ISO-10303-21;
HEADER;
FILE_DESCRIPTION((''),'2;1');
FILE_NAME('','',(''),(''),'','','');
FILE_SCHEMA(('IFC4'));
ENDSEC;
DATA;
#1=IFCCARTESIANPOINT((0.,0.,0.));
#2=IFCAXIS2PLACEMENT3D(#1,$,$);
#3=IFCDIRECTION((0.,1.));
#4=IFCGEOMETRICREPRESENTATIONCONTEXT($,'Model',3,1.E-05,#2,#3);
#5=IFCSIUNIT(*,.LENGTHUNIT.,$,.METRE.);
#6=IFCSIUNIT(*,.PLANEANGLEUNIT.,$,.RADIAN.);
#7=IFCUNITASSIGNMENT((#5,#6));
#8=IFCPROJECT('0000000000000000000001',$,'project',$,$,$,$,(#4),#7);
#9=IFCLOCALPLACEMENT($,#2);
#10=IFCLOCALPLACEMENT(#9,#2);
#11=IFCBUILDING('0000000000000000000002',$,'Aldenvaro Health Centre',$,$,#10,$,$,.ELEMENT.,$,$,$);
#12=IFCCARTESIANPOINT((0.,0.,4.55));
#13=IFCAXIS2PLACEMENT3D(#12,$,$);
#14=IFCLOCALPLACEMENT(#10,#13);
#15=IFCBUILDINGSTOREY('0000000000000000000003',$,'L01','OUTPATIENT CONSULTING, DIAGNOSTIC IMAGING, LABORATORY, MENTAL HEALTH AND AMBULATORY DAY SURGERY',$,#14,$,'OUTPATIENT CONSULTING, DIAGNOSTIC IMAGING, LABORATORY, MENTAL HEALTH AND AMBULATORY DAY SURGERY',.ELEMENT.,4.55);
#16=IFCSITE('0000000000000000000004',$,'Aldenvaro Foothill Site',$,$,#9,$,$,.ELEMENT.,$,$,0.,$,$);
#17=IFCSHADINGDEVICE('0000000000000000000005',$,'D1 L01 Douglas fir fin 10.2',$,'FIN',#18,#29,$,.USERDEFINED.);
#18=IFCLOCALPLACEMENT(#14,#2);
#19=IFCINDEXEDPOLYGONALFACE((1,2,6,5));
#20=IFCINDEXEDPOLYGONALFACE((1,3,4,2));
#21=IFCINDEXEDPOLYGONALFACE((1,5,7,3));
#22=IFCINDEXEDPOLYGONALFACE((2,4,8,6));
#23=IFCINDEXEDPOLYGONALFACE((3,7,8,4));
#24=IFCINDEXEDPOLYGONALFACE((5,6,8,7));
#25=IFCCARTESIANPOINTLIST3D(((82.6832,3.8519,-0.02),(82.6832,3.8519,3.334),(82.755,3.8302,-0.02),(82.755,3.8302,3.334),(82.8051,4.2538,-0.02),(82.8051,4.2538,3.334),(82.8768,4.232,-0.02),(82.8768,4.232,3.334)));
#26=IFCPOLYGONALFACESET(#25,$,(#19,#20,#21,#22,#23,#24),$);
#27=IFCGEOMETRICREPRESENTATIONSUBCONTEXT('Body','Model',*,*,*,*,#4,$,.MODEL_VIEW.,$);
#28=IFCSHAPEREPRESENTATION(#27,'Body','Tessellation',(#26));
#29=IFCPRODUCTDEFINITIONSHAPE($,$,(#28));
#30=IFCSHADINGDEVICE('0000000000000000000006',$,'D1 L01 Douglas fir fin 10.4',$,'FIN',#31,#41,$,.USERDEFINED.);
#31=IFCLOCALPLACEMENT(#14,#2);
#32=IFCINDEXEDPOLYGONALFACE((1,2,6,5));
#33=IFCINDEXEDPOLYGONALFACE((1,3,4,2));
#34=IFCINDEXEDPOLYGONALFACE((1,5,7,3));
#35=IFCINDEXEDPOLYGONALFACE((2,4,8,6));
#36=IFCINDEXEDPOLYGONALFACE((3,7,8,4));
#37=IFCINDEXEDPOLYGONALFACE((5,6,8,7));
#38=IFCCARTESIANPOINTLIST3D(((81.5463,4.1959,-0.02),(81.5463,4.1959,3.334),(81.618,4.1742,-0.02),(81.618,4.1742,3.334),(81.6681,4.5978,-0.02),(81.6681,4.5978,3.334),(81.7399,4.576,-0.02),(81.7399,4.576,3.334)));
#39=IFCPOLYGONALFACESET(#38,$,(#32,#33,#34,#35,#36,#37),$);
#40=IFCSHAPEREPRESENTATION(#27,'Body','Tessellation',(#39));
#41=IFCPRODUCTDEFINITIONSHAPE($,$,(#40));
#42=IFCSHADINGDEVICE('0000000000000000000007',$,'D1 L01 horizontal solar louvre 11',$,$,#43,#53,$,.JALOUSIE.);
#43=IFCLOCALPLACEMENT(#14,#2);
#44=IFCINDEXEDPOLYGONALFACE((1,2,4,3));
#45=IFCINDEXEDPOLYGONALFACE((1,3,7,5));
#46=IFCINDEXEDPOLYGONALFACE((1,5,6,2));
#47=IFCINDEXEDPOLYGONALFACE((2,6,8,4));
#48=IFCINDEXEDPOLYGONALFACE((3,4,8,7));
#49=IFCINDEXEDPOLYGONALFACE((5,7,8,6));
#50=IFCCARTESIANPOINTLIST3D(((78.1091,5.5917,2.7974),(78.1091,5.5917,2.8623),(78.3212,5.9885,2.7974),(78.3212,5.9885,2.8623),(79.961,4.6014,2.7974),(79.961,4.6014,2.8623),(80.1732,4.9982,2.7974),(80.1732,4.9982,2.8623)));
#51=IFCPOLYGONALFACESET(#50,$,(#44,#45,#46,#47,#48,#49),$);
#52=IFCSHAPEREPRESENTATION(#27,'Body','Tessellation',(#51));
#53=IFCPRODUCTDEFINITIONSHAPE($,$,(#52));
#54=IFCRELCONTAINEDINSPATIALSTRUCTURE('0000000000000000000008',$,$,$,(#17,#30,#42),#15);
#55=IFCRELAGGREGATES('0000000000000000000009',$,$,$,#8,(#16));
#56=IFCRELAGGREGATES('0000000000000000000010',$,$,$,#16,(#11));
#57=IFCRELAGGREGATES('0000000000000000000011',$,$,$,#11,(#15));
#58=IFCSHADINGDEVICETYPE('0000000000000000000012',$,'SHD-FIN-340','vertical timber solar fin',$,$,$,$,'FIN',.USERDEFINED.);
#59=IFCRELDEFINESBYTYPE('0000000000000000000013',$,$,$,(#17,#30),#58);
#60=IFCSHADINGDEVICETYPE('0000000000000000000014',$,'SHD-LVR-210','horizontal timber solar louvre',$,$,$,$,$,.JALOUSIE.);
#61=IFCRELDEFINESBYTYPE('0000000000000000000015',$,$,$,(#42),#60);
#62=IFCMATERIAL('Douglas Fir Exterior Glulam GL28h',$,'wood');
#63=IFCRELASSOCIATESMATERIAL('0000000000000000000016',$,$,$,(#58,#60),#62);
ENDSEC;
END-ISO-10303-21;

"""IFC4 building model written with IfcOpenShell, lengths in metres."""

from ifc_helpers import new_model, si_unit, direction, frame, origin, origin_2d, place, context, subcontext, project, spatial, rectangle, extrude, material, type_object, element, save


model = new_model("IFC4")

# Units and contexts
model_context = context("Model", 3, precision=1e-05, world=origin(), true_north=direction((0.0, 1.0)))
body_context = subcontext(model_context, "Body", "Model", "MODEL_VIEW")
ifc_project = project(units=[si_unit("LENGTHUNIT", "METRE"), si_unit("PLANEANGLEUNIT", "RADIAN")], contexts=[model_context])

# Site, building, storey
site_placement = place(None, origin())
site = spatial("IfcSite", under=ifc_project, at=site_placement, Name="Aldenvaro Foothill Site", CompositionType="ELEMENT", RefElevation=0.0)
building_placement = place(site_placement, origin())
building = spatial("IfcBuilding", under=site, at=building_placement, Name="Aldenvaro Health Centre", CompositionType="ELEMENT")
storey_placement = place(building_placement, frame((0.0, 0.0, 4.55)))
storey = spatial("IfcBuildingStorey", under=building, at=storey_placement, Name="L01", Description="OUTPATIENT CONSULTING, DIAGNOSTIC IMAGING, LABORATORY, MENTAL HEALTH AND AMBULATORY DAY SURGERY", LongName="OUTPATIENT CONSULTING, DIAGNOSTIC IMAGING, LABORATORY, MENTAL HEALTH AND AMBULATORY DAY SURGERY", CompositionType="ELEMENT", Elevation=4.55)

# Shading devices
ifc_material_1 = material(Name="Douglas Fir Exterior Glulam GL28h", Category="wood")
shading_device_type_1 = type_object("IfcShadingDeviceType", Name="SHD-FIN-340", Description="vertical timber solar fin", ElementType="FIN", PredefinedType="USERDEFINED", material=ifc_material_1)
for number, where, z_axis, x_axis, name in (
    (1, (82.78, 4.042, -0.02), (0.0, 0.0, 1.0), (-0.956975, 0.290171, 0.0), "D1 L01 Douglas fir fin 10.2"),
    (2, (81.6431, 4.386, -0.02), (0.0, 0.0, 1.0), (-0.956975, 0.290171, 0.0), "D1 L01 Douglas fir fin 10.4"),
):
    element("IfcShadingDevice", number, at=place(storey_placement, frame(where, z_axis=z_axis, x_axis=x_axis)), inside=storey, type_object=shading_device_type_1, Name=name, ObjectType="FIN", PredefinedType="USERDEFINED", context=body_context, shape_type="SweptSolid", body=[
        extrude(rectangle(XDim=0.075, YDim=0.4199, at=origin_2d()), origin(), (0.0, 0.0, 1.0), 3.354),
    ])
shading_device_type_2 = type_object("IfcShadingDeviceType", Name="SHD-LVR-210", Description="horizontal timber solar louvre", PredefinedType="JALOUSIE", material=ifc_material_1)
shading_device_1_placement = place(storey_placement, frame((79.1411, 5.2949, 2.7974), z_axis=(0.0, 0.0, 1.0), x_axis=(-0.881836, 0.471557, 0.0)))
element("IfcShadingDevice", 3, at=shading_device_1_placement, inside=storey, type_object=shading_device_type_2, Name="D1 L01 horizontal solar louvre 11", PredefinedType="JALOUSIE", context=body_context, shape_type="SweptSolid", body=[
    extrude(rectangle(XDim=2.1001, YDim=0.45, at=origin_2d()), origin(), (0.0, 0.0, 1.0), 0.0649),
])

save(model, "model.ifc")
